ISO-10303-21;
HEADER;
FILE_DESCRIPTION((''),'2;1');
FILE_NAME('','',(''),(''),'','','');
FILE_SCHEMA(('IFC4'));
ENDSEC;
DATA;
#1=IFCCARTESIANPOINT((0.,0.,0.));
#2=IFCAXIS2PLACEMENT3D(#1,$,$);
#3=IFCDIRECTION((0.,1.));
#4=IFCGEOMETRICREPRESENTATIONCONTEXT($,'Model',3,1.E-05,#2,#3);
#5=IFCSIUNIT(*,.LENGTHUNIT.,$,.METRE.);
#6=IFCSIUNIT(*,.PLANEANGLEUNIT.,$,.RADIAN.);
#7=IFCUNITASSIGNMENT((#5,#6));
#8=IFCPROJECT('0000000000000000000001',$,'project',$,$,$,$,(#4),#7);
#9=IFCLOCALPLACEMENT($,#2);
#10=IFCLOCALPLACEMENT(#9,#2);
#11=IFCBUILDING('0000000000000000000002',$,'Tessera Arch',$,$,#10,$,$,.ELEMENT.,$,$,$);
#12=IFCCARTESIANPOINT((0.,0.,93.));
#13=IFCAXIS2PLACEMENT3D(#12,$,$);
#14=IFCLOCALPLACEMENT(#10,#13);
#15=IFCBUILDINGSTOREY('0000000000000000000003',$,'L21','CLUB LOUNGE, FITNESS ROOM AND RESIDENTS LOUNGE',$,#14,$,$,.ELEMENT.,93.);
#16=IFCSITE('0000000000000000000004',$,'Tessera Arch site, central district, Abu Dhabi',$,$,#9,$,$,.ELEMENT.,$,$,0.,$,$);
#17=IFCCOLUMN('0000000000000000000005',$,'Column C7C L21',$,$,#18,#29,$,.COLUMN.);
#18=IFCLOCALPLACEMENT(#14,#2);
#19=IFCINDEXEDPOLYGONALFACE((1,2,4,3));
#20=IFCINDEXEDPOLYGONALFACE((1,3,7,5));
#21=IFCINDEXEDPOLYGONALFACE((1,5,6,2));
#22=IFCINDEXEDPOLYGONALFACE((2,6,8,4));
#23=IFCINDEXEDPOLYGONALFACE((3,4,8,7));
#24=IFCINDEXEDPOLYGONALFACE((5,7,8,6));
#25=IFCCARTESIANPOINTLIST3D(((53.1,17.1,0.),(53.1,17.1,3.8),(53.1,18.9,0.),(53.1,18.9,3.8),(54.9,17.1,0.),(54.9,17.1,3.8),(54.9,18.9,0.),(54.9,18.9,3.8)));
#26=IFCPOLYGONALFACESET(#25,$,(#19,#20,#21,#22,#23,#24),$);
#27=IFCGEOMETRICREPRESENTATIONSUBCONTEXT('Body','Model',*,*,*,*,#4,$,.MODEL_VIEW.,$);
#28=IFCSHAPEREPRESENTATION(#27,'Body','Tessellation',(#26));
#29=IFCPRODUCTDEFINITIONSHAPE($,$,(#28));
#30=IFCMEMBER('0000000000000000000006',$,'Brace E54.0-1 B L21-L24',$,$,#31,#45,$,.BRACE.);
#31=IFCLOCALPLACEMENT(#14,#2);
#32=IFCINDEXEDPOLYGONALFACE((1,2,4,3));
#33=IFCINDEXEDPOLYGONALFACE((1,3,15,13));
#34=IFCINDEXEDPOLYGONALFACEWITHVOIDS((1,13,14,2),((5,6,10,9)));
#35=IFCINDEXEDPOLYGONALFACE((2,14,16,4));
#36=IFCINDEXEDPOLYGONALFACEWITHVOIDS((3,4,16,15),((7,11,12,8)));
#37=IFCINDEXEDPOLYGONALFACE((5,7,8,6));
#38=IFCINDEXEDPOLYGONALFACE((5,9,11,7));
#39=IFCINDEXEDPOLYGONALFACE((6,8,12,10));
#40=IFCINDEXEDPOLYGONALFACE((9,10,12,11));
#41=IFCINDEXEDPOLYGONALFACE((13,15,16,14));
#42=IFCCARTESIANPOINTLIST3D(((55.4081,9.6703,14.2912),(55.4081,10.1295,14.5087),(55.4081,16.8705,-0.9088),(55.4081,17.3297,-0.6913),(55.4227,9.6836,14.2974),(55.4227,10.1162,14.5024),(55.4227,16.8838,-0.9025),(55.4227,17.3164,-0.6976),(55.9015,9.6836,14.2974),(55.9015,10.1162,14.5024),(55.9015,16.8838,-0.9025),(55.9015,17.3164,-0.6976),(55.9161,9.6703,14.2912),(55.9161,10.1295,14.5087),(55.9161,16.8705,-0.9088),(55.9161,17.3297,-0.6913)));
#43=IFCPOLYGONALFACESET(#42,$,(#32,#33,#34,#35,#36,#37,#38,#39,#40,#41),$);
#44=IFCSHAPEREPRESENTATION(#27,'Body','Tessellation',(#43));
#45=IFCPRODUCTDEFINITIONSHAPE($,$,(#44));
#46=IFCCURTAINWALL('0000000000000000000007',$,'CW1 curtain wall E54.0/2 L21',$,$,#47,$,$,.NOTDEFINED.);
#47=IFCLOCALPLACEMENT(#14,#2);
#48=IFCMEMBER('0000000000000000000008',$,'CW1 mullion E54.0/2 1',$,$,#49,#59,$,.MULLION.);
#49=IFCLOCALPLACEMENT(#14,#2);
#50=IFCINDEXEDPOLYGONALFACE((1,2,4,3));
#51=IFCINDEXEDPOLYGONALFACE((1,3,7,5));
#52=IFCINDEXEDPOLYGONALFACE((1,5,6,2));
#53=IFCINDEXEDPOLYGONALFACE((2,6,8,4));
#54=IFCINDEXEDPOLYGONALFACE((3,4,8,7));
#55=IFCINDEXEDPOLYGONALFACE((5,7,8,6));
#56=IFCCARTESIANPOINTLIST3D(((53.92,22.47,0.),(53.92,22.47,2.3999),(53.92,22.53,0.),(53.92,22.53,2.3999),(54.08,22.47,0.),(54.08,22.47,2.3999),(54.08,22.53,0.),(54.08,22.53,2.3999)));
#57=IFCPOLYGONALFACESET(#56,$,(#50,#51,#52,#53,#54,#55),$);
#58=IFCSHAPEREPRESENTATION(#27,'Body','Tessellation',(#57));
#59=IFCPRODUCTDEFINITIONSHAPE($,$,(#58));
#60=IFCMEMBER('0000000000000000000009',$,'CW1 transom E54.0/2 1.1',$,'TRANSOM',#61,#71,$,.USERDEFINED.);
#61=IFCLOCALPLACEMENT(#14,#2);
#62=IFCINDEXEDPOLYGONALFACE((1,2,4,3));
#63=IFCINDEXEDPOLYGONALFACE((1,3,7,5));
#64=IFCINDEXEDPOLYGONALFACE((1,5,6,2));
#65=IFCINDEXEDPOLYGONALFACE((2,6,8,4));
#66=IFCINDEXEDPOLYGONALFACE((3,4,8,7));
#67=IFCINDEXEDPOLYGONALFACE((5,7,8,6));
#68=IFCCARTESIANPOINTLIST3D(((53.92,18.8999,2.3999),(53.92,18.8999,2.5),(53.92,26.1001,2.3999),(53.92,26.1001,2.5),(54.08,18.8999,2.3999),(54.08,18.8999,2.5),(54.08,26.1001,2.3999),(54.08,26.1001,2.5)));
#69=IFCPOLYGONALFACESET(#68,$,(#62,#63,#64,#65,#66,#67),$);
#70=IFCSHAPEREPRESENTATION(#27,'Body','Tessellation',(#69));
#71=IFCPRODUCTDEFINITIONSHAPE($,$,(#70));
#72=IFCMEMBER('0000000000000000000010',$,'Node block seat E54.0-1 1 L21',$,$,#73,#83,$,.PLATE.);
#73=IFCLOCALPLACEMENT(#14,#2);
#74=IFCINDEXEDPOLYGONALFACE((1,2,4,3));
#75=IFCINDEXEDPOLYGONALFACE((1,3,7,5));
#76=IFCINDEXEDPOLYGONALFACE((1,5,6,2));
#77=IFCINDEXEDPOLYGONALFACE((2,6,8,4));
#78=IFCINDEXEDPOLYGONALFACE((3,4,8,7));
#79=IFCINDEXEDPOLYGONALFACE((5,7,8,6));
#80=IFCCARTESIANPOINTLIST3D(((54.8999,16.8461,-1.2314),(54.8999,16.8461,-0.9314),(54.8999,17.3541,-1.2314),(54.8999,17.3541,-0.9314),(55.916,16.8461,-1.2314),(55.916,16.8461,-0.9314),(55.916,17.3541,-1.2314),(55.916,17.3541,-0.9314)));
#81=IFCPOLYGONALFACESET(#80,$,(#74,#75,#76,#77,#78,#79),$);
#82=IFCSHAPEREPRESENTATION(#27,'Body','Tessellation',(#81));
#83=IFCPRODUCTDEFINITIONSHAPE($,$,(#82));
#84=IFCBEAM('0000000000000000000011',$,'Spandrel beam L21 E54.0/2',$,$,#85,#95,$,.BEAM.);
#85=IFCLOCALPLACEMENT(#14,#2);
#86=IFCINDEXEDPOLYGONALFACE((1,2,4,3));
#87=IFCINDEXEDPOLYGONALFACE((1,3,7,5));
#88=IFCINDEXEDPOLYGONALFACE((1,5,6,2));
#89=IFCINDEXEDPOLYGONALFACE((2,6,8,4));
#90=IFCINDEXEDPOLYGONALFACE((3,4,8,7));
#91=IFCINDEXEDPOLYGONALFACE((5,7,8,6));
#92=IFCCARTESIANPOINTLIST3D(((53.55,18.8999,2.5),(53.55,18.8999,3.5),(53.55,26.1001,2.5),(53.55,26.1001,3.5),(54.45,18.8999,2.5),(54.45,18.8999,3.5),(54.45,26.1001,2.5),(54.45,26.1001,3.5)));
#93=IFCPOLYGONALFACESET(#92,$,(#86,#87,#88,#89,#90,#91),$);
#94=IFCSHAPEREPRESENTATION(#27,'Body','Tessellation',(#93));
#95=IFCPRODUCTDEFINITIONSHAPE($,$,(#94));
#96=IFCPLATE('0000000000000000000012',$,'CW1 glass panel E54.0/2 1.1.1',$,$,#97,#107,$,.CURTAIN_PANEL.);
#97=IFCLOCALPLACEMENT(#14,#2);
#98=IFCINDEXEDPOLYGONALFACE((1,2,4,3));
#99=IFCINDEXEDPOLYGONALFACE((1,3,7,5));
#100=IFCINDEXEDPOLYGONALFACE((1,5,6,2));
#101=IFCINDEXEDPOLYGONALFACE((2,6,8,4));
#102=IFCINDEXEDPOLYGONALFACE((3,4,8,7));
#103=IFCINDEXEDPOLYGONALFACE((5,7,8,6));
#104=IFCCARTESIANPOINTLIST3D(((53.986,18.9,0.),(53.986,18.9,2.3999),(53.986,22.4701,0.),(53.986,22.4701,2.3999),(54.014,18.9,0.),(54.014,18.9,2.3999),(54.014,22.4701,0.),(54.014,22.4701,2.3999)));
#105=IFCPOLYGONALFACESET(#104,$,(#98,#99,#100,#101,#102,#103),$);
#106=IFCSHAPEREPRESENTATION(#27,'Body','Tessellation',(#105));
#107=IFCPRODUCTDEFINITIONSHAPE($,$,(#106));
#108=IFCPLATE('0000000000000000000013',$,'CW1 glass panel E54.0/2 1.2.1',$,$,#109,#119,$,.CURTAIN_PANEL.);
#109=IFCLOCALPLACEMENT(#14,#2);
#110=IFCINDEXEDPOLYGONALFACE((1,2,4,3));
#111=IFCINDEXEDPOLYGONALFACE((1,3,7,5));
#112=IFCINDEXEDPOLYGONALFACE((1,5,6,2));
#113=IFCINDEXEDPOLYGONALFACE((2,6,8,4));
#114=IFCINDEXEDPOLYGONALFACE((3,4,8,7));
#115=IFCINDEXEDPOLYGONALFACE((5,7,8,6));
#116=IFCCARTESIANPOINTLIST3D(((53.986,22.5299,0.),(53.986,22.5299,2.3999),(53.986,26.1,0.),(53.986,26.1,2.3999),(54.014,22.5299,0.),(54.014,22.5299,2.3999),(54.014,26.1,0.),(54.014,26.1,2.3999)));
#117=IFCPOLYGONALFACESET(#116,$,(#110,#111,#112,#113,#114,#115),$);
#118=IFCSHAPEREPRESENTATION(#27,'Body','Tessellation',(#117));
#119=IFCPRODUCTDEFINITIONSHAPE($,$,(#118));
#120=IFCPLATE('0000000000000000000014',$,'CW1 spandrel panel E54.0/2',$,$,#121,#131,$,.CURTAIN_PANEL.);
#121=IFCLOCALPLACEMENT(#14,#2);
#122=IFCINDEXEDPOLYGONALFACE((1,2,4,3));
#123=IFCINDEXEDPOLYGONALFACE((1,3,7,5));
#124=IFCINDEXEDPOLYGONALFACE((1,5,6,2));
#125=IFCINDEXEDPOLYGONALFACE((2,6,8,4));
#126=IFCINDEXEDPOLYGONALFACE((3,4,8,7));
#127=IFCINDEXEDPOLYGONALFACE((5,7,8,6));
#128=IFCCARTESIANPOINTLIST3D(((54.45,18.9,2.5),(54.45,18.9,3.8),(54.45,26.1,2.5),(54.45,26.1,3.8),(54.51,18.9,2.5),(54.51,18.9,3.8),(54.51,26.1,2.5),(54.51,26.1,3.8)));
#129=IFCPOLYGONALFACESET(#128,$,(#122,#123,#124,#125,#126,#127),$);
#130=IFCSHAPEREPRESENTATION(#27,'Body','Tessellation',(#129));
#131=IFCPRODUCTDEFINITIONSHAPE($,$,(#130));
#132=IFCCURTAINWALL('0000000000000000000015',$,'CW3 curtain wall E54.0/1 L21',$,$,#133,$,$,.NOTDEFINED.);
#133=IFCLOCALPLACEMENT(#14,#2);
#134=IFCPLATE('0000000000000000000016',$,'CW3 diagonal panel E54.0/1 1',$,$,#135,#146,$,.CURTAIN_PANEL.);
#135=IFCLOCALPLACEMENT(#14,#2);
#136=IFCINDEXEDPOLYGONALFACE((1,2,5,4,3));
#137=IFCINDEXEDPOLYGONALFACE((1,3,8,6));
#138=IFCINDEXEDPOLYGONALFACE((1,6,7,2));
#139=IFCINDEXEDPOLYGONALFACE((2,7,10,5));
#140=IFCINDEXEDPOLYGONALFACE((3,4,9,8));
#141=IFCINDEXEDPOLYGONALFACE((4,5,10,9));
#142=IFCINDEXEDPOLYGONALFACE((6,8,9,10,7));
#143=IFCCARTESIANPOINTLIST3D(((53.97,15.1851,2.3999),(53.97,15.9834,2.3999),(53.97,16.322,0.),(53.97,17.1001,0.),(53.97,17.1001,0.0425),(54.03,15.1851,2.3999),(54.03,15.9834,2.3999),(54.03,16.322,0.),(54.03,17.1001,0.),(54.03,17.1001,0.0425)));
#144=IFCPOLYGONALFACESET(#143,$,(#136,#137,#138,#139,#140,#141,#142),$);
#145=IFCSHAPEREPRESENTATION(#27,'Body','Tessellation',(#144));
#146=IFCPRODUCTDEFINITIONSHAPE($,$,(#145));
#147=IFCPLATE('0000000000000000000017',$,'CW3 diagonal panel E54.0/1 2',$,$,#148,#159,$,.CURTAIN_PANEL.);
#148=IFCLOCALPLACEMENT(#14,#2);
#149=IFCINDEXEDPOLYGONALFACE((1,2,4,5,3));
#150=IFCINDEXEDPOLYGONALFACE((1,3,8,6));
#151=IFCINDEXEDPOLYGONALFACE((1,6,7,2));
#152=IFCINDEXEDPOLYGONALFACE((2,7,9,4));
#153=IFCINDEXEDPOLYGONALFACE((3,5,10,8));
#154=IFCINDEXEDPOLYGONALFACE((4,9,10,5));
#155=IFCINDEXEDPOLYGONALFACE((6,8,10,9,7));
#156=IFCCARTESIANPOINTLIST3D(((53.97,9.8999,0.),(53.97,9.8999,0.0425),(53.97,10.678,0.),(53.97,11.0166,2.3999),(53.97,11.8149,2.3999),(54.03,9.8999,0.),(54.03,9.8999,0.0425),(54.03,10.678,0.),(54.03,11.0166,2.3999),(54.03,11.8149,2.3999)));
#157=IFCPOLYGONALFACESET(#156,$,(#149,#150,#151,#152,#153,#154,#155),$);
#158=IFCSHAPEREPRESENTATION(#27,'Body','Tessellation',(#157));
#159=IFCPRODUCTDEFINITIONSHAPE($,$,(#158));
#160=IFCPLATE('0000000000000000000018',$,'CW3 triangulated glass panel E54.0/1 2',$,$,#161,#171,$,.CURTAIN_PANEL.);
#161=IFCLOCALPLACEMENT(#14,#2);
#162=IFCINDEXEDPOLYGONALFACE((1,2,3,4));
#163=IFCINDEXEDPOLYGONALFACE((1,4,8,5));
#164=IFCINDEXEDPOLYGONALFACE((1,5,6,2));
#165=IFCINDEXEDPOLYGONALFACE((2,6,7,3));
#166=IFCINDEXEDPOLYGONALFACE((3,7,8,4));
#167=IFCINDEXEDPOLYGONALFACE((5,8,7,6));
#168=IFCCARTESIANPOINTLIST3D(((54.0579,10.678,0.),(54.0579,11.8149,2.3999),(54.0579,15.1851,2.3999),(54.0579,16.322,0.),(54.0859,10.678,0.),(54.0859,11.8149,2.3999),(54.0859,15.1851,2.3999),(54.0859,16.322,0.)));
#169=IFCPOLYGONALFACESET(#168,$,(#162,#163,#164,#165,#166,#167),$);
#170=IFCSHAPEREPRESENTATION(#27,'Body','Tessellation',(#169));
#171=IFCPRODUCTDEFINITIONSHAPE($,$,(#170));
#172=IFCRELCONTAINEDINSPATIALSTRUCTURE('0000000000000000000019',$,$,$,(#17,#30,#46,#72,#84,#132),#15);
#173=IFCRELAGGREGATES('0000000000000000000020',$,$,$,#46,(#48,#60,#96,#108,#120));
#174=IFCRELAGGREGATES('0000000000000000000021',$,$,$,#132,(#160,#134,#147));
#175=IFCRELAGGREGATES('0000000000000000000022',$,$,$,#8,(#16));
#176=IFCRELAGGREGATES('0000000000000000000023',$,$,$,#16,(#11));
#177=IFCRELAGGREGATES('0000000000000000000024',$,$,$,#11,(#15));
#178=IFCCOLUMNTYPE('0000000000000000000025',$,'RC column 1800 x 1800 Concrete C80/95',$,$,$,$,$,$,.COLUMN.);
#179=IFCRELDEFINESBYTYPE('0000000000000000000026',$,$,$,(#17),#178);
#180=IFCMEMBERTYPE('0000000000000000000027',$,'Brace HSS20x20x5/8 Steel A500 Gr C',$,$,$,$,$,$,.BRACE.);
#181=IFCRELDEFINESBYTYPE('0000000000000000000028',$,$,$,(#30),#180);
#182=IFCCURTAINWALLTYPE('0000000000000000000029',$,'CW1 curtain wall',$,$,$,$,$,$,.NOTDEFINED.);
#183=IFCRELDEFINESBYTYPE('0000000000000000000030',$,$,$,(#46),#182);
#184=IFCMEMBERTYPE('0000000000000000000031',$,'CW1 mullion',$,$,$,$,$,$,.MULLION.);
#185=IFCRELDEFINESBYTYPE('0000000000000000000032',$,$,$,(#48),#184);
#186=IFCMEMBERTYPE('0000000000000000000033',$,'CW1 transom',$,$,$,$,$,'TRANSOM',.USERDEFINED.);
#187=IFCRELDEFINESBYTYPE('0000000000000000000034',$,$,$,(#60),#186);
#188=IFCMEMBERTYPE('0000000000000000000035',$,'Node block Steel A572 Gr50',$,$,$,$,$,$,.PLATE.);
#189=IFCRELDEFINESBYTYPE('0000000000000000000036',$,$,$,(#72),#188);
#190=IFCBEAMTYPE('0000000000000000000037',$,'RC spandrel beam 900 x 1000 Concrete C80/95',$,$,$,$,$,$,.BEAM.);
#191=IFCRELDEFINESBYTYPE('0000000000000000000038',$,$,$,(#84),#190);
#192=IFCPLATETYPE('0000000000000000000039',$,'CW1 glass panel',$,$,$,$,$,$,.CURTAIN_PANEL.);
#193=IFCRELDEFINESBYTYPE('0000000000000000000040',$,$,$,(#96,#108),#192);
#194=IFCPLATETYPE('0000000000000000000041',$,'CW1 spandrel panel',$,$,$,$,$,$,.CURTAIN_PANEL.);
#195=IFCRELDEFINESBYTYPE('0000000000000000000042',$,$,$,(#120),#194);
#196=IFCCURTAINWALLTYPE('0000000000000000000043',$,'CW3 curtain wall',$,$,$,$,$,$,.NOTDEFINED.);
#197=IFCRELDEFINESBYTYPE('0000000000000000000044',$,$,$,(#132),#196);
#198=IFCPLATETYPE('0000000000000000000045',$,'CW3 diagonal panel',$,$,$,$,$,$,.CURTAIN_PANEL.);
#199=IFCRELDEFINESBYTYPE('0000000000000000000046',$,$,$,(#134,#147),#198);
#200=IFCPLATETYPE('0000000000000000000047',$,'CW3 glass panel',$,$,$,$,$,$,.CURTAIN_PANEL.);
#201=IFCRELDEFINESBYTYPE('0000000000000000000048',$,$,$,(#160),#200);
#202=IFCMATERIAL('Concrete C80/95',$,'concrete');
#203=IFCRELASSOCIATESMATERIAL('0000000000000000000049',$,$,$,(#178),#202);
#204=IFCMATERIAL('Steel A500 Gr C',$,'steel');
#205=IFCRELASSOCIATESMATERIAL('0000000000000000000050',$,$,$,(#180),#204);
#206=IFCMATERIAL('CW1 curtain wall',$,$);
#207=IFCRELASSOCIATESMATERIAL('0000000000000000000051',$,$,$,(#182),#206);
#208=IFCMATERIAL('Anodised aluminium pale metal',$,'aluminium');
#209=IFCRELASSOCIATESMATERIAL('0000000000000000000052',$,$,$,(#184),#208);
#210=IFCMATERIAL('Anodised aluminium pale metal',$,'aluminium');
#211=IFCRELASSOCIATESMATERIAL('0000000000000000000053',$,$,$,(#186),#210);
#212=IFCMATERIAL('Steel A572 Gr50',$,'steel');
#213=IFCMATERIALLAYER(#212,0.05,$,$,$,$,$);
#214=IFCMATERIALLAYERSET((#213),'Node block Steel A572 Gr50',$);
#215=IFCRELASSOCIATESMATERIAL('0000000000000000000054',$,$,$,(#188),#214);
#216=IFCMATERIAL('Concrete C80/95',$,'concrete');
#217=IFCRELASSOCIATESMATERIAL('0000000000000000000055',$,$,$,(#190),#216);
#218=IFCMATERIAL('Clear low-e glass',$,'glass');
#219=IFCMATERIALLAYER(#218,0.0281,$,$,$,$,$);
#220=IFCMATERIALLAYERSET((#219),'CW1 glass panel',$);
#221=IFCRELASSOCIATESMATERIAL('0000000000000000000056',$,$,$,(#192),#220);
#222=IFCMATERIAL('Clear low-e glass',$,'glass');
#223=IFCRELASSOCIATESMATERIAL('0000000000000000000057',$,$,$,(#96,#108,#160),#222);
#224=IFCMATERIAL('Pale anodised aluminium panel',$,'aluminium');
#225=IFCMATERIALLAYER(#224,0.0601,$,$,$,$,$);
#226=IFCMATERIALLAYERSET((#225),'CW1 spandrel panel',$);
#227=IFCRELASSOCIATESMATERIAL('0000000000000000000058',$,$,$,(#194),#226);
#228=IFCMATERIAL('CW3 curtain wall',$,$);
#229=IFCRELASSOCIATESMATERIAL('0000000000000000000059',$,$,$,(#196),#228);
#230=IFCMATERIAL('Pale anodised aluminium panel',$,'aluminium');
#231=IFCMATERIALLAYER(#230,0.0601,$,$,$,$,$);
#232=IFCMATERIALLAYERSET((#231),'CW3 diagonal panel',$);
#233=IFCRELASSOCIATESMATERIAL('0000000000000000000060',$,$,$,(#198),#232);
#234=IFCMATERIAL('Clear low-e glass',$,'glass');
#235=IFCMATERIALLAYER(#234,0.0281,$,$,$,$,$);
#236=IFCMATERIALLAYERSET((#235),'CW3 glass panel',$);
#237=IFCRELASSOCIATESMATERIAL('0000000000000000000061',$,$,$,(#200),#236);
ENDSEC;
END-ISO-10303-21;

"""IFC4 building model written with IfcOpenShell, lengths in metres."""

from ifc_helpers import new_model, si_unit, direction, frame, origin, origin_2d, place, context, subcontext, project, spatial, polyline, rectangle, hollow_rectangle, outline, extrude, material, layer, layer_set, material_profile, profile_set, type_object, element, aggregate, save


model = new_model("IFC4")

# Units and contexts
model_context = context("Model", 3, precision=1e-05, world=origin(), true_north=direction((0.0, 1.0)))
body_context = subcontext(model_context, "Body", "Model", "MODEL_VIEW")
ifc_project = project(units=[si_unit("LENGTHUNIT", "METRE"), si_unit("PLANEANGLEUNIT", "RADIAN")], contexts=[model_context])

# Site, building, storey
site_placement = place(None, origin())
site = spatial("IfcSite", under=ifc_project, at=site_placement, Name="Tessera Arch site, central district, Abu Dhabi", CompositionType="ELEMENT", RefElevation=0.0)
building_placement = place(site_placement, origin())
building = spatial("IfcBuilding", under=site, at=building_placement, Name="Tessera Arch", CompositionType="ELEMENT")
storey_placement = place(building_placement, frame((0.0, 0.0, 93.0)))
storey = spatial("IfcBuildingStorey", under=building, at=storey_placement, Name="L21", Description="CLUB LOUNGE, FITNESS ROOM AND RESIDENTS LOUNGE", CompositionType="ELEMENT", Elevation=93.0)

# Column
ifc_material_1 = material(Name="Concrete C80/95", Category="concrete")
ifc_material_profile_1 = material_profile(ifc_material_1, rectangle(XDim=1.8, YDim=1.8, at=origin_2d()), Name="RC column 1800 x 1800 Concrete C80/95")
ifc_profile_set_1 = profile_set([ifc_material_profile_1], Name="Concrete C80/95")
column_type = type_object("IfcColumnType", Name="RC column 1800 x 1800 Concrete C80/95", PredefinedType="COLUMN", material=ifc_profile_set_1)
column_placement = place(storey_placement, frame((54.0, 18.0, 0.0), z_axis=(0.0, 0.0, 1.0), x_axis=(1.0, 0.0, 0.0)))
element("IfcColumn", 1, at=column_placement, inside=storey, type_object=column_type, Name="Column C7C L21", PredefinedType="COLUMN", context=body_context, shape_type="SweptSolid", body=[
    extrude(rectangle(XDim=1.8, YDim=1.8, at=origin_2d()), origin(), (0.0, 0.0, 1.0), 3.8),
])

# Member
ifc_material_2 = material(Name="Steel A500 Gr C", Category="steel")
ifc_material_profile_2 = material_profile(ifc_material_2, hollow_rectangle(XDim=0.5081, YDim=0.5081, WallThickness=0.0146, at=origin_2d()), Name="HSS20x20x5/8")
ifc_profile_set_2 = profile_set([ifc_material_profile_2], Name="Steel A500 Gr C")
member_type_1 = type_object("IfcMemberType", Name="Brace HSS20x20x5/8 Steel A500 Gr C", PredefinedType="BRACE", material=ifc_profile_set_2)
member_1_placement = place(storey_placement, frame((55.6621, 17.1001, -0.8), z_axis=(0.0, -0.428097, 0.903733), x_axis=(1.0, 0.0, 0.0)))
element("IfcMember", 2, at=member_1_placement, inside=storey, type_object=member_type_1, Name="Brace E54.0-1 B L21-L24", PredefinedType="BRACE", context=body_context, shape_type="SweptSolid", body=[
    extrude(hollow_rectangle(XDim=0.5081, YDim=0.5081, WallThickness=0.0146, at=origin_2d()), origin(), (0.0, 0.0, 1.0), 16.8191),
])

# Curtain wall, members
ifc_material_3 = material(Name="CW1 curtain wall")
curtain_wall_type_1 = type_object("IfcCurtainWallType", Name="CW1 curtain wall", PredefinedType="NOTDEFINED", material=ifc_material_3)
curtain_wall_1_placement = place(storey_placement, origin())
curtain_wall_1 = element("IfcCurtainWall", 3, at=curtain_wall_1_placement, inside=storey, type_object=curtain_wall_type_1, Name="CW1 curtain wall E54.0/2 L21", PredefinedType="NOTDEFINED")
ifc_material_4 = material(Name="Anodised aluminium pale metal", Category="aluminium")
ifc_material_profile_3 = material_profile(ifc_material_4, rectangle(XDim=0.1599, YDim=0.0601, at=origin_2d()), Name="AL 60x160")
ifc_profile_set_3 = profile_set([ifc_material_profile_3], Name="Anodised aluminium pale metal")
member_type_2 = type_object("IfcMemberType", Name="CW1 mullion", PredefinedType="MULLION", material=ifc_profile_set_3)
member_2_placement = place(storey_placement, frame((54.0, 22.5, 0.0), z_axis=(0.0, 0.0, 1.0), x_axis=(-1.0, 0.0, 0.0)))
member_2 = element("IfcMember", 4, at=member_2_placement, type_object=member_type_2, Name="CW1 mullion E54.0/2 1", PredefinedType="MULLION", context=body_context, shape_type="SweptSolid", body=[
    extrude(rectangle(XDim=0.1599, YDim=0.0601, at=origin_2d()), origin(), (0.0, 0.0, 1.0), 2.3999),
])
ifc_material_5 = material(Name="Anodised aluminium pale metal", Category="aluminium")
ifc_material_profile_4 = material_profile(ifc_material_5, rectangle(XDim=0.1599, YDim=0.1001, at=origin_2d()), Name="AL 160x100")
ifc_profile_set_4 = profile_set([ifc_material_profile_4], Name="Anodised aluminium pale metal")
member_type_3 = type_object("IfcMemberType", Name="CW1 transom", ElementType="TRANSOM", PredefinedType="USERDEFINED", material=ifc_profile_set_4)
member_3_placement = place(storey_placement, frame((54.0, 18.8999, 2.45), z_axis=(0.0, 1.0, 0.0), x_axis=(-1.0, 0.0, 0.0)))
member_3 = element("IfcMember", 5, at=member_3_placement, type_object=member_type_3, Name="CW1 transom E54.0/2 1.1", ObjectType="TRANSOM", PredefinedType="USERDEFINED", context=body_context, shape_type="SweptSolid", body=[
    extrude(rectangle(XDim=0.1599, YDim=0.1001, at=origin_2d()), origin(), (0.0, 0.0, 1.0), 7.2002),
])

# Member
ifc_material_6 = material(Name="Steel A572 Gr50", Category="steel")
ifc_layer_1 = layer(ifc_material_6, 0.05)
ifc_layer_set_1 = layer_set([ifc_layer_1], Name="Node block Steel A572 Gr50")
member_type_4 = type_object("IfcMemberType", Name="Node block Steel A572 Gr50", PredefinedType="PLATE", material=ifc_layer_set_1)
member_4_placement = place(storey_placement, frame((55.408, 17.1001, -1.2314), z_axis=(0.0, 0.0, 1.0), x_axis=(0.0, 1.0, 0.0)))
element("IfcMember", 6, at=member_4_placement, inside=storey, type_object=member_type_4, Name="Node block seat E54.0-1 1 L21", PredefinedType="PLATE", context=body_context, shape_type="SweptSolid", body=[
    extrude(rectangle(XDim=0.5081, YDim=1.0161, at=origin_2d()), origin(), (0.0, 0.0, 1.0), 0.3),
])

# Beam
ifc_material_7 = material(Name="Concrete C80/95", Category="concrete")
ifc_material_profile_5 = material_profile(ifc_material_7, rectangle(XDim=0.8999, YDim=1.0, at=origin_2d()), Name="RC spandrel beam 900 x 1000 Concrete C80/95")
ifc_profile_set_5 = profile_set([ifc_material_profile_5], Name="Concrete C80/95")
beam_type = type_object("IfcBeamType", Name="RC spandrel beam 900 x 1000 Concrete C80/95", PredefinedType="BEAM", material=ifc_profile_set_5)
beam_placement = place(storey_placement, frame((54.0, 18.8999, 3.0), z_axis=(0.0, 1.0, 0.0), x_axis=(-1.0, 0.0, 0.0)))
element("IfcBeam", 7, at=beam_placement, inside=storey, type_object=beam_type, Name="Spandrel beam L21 E54.0/2", PredefinedType="BEAM", context=body_context, shape_type="SweptSolid", body=[
    extrude(rectangle(XDim=0.8999, YDim=1.0, at=origin_2d()), origin(), (0.0, 0.0, 1.0), 7.2002),
])

# Plates
ifc_material_8 = material(Name="Clear low-e glass", Category="glass")
ifc_material_9 = material(Name="Clear low-e glass", Category="glass")
ifc_layer_2 = layer(ifc_material_9, 0.0281)
ifc_layer_set_2 = layer_set([ifc_layer_2], Name="CW1 glass panel")
plate_type_1 = type_object("IfcPlateType", Name="CW1 glass panel", PredefinedType="CURTAIN_PANEL", material=ifc_layer_set_2)
plate_1_placement = place(storey_placement, frame((54.0, 20.6851, 0.0), z_axis=(0.0, 0.0, 1.0), x_axis=(0.0, 1.0, 0.0)))
plate_1 = element("IfcPlate", 8, at=plate_1_placement, type_object=plate_type_1, material=ifc_material_8, Name="CW1 glass panel E54.0/2 1.1.1", PredefinedType="CURTAIN_PANEL", context=body_context, shape_type="SweptSolid", body=[
    extrude(rectangle(XDim=3.5701, YDim=0.0281, at=origin_2d()), origin(), (0.0, 0.0, 1.0), 2.3999),
])
plate_2_placement = place(storey_placement, frame((54.0, 24.3149, 0.0), z_axis=(0.0, 0.0, 1.0), x_axis=(0.0, 1.0, 0.0)))
plate_2 = element("IfcPlate", 9, at=plate_2_placement, type_object=plate_type_1, material=ifc_material_8, Name="CW1 glass panel E54.0/2 1.2.1", PredefinedType="CURTAIN_PANEL", context=body_context, shape_type="SweptSolid", body=[
    extrude(rectangle(XDim=3.5701, YDim=0.0281, at=origin_2d()), origin(), (0.0, 0.0, 1.0), 2.3999),
])
ifc_material_10 = material(Name="Pale anodised aluminium panel", Category="aluminium")
ifc_layer_3 = layer(ifc_material_10, 0.0601)
ifc_layer_set_3 = layer_set([ifc_layer_3], Name="CW1 spandrel panel")
plate_type_2 = type_object("IfcPlateType", Name="CW1 spandrel panel", PredefinedType="CURTAIN_PANEL", material=ifc_layer_set_3)
plate_3_placement = place(storey_placement, frame((54.48, 22.5, 2.5), z_axis=(0.0, 0.0, 1.0), x_axis=(0.0, 1.0, 0.0)))
plate_3 = element("IfcPlate", 10, at=plate_3_placement, type_object=plate_type_2, Name="CW1 spandrel panel E54.0/2", PredefinedType="CURTAIN_PANEL", context=body_context, shape_type="SweptSolid", body=[
    extrude(rectangle(XDim=7.2, YDim=0.0601, at=origin_2d()), origin(), (0.0, 0.0, 1.0), 1.3),
])
aggregate(curtain_wall_1, [member_2, member_3, plate_1, plate_2, plate_3])

# Curtain wall, plates
ifc_material_11 = material(Name="CW3 curtain wall")
curtain_wall_type_2 = type_object("IfcCurtainWallType", Name="CW3 curtain wall", PredefinedType="NOTDEFINED", material=ifc_material_11)
curtain_wall_2_placement = place(storey_placement, origin())
curtain_wall_2 = element("IfcCurtainWall", 11, at=curtain_wall_2_placement, inside=storey, type_object=curtain_wall_type_2, Name="CW3 curtain wall E54.0/1 L21", PredefinedType="NOTDEFINED")
ifc_material_12 = material(Name="Pale anodised aluminium panel", Category="aluminium")
ifc_layer_4 = layer(ifc_material_12, 0.0601)
ifc_layer_set_4 = layer_set([ifc_layer_4], Name="CW3 diagonal panel")
plate_type_3 = type_object("IfcPlateType", Name="CW3 diagonal panel", PredefinedType="CURTAIN_PANEL", material=ifc_layer_set_4)
plate_4_placement = place(storey_placement, frame((54.03, 17.1001, 0.0), z_axis=(1.0, 0.0, 0.0), x_axis=(0.0, 0.0, 1.0)))
plate_4 = element("IfcPlate", 12, at=plate_4_placement, type_object=plate_type_3, Name="CW3 diagonal panel E54.0/1 1", PredefinedType="CURTAIN_PANEL", context=body_context, shape_type="SweptSolid", body=[
    extrude(outline(polyline([(0.0, 0.0), (0.0425, 0.0), (2.3999, 1.1167), (2.3999, 1.915), (0.0, 0.7781), (0.0, 0.0)])), origin(), (0.0, 0.0, -1.0), 0.0601),
])
plate_5_placement = place(storey_placement, frame((54.03, 11.8149, 2.3999), z_axis=(1.0, 0.0, 0.0), x_axis=(0.0, -1.0, 0.0)))
plate_5 = element("IfcPlate", 13, at=plate_5_placement, type_object=plate_type_3, Name="CW3 diagonal panel E54.0/1 2", PredefinedType="CURTAIN_PANEL", context=body_context, shape_type="SweptSolid", body=[
    extrude(outline(polyline([(0.0, 0.0), (0.7983, 0.0), (1.915, 2.3574), (1.915, 2.3999), (1.137, 2.3999), (0.0, 0.0)])), origin(), (0.0, 0.0, -1.0), 0.0601),
])
ifc_material_13 = material(Name="Clear low-e glass", Category="glass")
ifc_layer_5 = layer(ifc_material_13, 0.0281)
ifc_layer_set_5 = layer_set([ifc_layer_5], Name="CW3 glass panel")
plate_type_4 = type_object("IfcPlateType", Name="CW3 glass panel", PredefinedType="CURTAIN_PANEL", material=ifc_layer_set_5)
plate_6_placement = place(storey_placement, frame((54.0859, 15.1851, 2.3999), z_axis=(1.0, 0.0, 0.0), x_axis=(0.0, -1.0, 0.0)))
plate_6 = element("IfcPlate", 14, at=plate_6_placement, type_object=plate_type_4, material=ifc_material_8, Name="CW3 triangulated glass panel E54.0/1 2", PredefinedType="CURTAIN_PANEL", context=body_context, shape_type="SweptSolid", body=[
    extrude(outline(polyline([(0.0, 0.0), (3.3701, 0.0), (4.5071, 2.3999), (-1.137, 2.3999), (0.0, 0.0)])), origin(), (0.0, 0.0, -1.0), 0.0281),
])
aggregate(curtain_wall_2, [plate_6, plate_4, plate_5])

save(model, "model.ifc")
